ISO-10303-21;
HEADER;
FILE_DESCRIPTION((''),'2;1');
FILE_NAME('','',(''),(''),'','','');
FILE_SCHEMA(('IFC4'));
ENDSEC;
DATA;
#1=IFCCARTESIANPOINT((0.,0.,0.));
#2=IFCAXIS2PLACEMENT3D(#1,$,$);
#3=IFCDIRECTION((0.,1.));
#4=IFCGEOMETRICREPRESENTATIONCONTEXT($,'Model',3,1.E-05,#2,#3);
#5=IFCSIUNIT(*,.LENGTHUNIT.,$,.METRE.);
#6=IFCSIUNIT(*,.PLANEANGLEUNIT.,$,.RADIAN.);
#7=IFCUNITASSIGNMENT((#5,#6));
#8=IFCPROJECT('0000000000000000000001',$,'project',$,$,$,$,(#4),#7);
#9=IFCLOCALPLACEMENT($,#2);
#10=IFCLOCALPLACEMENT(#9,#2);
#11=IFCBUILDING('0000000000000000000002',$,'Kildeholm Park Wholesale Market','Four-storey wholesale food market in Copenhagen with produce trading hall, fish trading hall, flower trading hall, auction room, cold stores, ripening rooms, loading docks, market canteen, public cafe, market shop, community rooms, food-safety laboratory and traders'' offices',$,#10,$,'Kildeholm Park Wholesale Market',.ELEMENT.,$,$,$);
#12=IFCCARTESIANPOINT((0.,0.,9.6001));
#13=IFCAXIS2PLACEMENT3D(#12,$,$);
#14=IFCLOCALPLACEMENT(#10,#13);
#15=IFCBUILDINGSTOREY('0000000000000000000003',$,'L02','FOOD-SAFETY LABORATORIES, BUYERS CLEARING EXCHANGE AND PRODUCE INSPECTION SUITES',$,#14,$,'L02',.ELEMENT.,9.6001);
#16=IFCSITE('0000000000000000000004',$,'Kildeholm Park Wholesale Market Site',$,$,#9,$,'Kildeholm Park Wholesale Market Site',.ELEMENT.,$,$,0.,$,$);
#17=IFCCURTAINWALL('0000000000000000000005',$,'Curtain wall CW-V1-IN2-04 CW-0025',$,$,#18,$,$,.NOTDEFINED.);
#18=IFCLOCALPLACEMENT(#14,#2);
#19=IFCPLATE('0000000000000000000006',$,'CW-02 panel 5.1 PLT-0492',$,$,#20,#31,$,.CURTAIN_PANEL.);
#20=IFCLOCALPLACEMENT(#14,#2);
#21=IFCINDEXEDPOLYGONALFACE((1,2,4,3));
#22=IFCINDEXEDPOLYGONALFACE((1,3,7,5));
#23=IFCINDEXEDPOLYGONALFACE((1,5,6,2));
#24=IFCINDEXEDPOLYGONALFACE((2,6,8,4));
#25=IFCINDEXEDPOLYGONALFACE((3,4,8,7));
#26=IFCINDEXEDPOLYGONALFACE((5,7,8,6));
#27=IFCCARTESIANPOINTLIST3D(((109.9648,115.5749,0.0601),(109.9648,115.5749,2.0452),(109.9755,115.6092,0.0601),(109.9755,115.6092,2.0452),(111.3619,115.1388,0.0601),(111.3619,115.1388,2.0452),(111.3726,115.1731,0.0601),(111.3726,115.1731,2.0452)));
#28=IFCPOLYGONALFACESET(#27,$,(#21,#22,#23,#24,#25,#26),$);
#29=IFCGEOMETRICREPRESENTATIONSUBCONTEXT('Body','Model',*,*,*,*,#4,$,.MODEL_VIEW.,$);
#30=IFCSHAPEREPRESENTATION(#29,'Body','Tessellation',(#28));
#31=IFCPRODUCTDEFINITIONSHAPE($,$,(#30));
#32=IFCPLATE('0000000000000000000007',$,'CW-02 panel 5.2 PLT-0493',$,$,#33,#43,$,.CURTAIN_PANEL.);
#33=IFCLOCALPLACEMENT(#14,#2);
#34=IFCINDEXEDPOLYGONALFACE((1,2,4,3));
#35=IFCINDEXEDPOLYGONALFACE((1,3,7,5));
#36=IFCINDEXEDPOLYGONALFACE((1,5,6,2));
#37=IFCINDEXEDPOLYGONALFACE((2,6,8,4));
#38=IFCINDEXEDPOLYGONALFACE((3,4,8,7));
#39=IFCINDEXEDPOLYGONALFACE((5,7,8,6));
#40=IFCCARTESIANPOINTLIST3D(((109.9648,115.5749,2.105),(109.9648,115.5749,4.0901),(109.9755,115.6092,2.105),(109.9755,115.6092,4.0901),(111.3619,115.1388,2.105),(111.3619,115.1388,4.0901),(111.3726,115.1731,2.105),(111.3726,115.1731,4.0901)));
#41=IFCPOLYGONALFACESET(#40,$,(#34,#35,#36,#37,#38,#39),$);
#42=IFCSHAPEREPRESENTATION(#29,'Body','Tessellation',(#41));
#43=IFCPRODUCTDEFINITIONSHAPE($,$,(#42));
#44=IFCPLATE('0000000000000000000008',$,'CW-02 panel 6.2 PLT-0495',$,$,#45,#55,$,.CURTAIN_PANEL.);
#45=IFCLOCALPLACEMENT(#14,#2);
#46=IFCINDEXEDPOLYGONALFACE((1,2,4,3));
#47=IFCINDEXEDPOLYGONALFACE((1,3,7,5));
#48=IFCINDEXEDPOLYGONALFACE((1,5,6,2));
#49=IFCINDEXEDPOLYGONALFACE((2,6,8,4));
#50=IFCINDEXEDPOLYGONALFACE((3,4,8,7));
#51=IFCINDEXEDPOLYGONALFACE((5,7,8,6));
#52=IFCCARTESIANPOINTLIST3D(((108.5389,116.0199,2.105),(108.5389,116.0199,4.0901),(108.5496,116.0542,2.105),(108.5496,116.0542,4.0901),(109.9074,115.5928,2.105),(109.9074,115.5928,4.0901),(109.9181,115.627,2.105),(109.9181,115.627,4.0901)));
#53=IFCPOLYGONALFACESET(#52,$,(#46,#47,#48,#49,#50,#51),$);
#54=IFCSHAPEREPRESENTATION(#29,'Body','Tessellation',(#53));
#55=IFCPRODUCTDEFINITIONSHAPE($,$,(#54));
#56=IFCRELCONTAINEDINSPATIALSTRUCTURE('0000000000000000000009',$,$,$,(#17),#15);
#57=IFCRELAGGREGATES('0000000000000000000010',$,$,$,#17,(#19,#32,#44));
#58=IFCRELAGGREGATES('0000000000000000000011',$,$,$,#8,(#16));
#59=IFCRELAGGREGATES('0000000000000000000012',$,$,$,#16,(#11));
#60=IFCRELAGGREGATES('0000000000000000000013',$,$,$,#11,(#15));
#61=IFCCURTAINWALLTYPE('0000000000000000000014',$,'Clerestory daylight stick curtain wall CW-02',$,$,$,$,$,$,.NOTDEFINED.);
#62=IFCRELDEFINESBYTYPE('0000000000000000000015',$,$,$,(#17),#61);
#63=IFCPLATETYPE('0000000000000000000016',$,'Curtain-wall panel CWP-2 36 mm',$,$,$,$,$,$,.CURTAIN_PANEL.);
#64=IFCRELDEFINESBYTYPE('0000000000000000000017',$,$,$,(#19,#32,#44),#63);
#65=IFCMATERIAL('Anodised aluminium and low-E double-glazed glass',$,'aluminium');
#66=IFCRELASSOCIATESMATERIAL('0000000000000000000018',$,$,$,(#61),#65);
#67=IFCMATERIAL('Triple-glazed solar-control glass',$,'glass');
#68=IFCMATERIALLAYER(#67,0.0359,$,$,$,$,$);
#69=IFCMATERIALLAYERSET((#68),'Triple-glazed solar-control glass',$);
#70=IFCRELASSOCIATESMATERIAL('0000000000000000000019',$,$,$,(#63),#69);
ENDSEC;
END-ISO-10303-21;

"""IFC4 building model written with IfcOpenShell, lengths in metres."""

from ifc_helpers import new_model, si_unit, direction, frame, origin, origin_2d, place, context, subcontext, project, spatial, rectangle, extrude, material, layer, layer_set, type_object, element, aggregate, save


model = new_model("IFC4")

# Units and contexts
model_context = context("Model", 3, precision=1e-05, world=origin(), true_north=direction((0.0, 1.0)))
body_context = subcontext(model_context, "Body", "Model", "MODEL_VIEW")
ifc_project = project(units=[si_unit("LENGTHUNIT", "METRE"), si_unit("PLANEANGLEUNIT", "RADIAN")], contexts=[model_context])

# Site, building, storey
site_placement = place(None, origin())
site = spatial("IfcSite", under=ifc_project, at=site_placement, Name="Kildeholm Park Wholesale Market Site", LongName="Kildeholm Park Wholesale Market Site", CompositionType="ELEMENT", RefElevation=0.0)
building_placement = place(site_placement, origin())
building = spatial("IfcBuilding", under=site, at=building_placement, Name="Kildeholm Park Wholesale Market", Description="Four-storey wholesale food market in Copenhagen with produce trading hall, fish trading hall, flower trading hall, auction room, cold stores, ripening rooms, loading docks, market canteen, public cafe, market shop, community rooms, food-safety laboratory and traders' offices", LongName="Kildeholm Park Wholesale Market", CompositionType="ELEMENT")
storey_placement = place(building_placement, frame((0.0, 0.0, 9.6001)))
storey = spatial("IfcBuildingStorey", under=building, at=storey_placement, Name="L02", Description="FOOD-SAFETY LABORATORIES, BUYERS CLEARING EXCHANGE AND PRODUCE INSPECTION SUITES", LongName="L02", CompositionType="ELEMENT", Elevation=9.6001)

# Curtain wall, plates
ifc_material_1 = material(Name="Anodised aluminium and low-E double-glazed glass", Category="aluminium")
curtain_wall_type = type_object("IfcCurtainWallType", Name="Clerestory daylight stick curtain wall CW-02", PredefinedType="NOTDEFINED", material=ifc_material_1)
curtain_wall_placement = place(storey_placement, origin())
curtain_wall = element("IfcCurtainWall", 1, at=curtain_wall_placement, inside=storey, type_object=curtain_wall_type, Name="Curtain wall CW-V1-IN2-04 CW-0025", PredefinedType="NOTDEFINED")
ifc_material_2 = material(Name="Triple-glazed solar-control glass", Category="glass")
ifc_layer = layer(ifc_material_2, 0.0359)
ifc_layer_set = layer_set([ifc_layer], Name="Triple-glazed solar-control glass")
plate_type = type_object("IfcPlateType", Name="Curtain-wall panel CWP-2 36 mm", PredefinedType="CURTAIN_PANEL", material=ifc_layer_set)
plate_1_placement = place(storey_placement, frame((110.6687, 115.374, 0.0601), z_axis=(0.0, 0.0, 1.0), x_axis=(-0.954579, 0.297957, 0.0)))
plate_1 = element("IfcPlate", 2, at=plate_1_placement, type_object=plate_type, Name="CW-02 panel 5.1 PLT-0492", PredefinedType="CURTAIN_PANEL", context=body_context, shape_type="SweptSolid", body=[
    extrude(rectangle(XDim=1.4636, YDim=0.0359, at=origin_2d()), origin(), (0.0, 0.0, 1.0), 1.9851),
])
plate_2_placement = place(storey_placement, frame((110.6687, 115.374, 2.105), z_axis=(0.0, 0.0, 1.0), x_axis=(-0.954579, 0.297957, 0.0)))
plate_2 = element("IfcPlate", 3, at=plate_2_placement, type_object=plate_type, Name="CW-02 panel 5.2 PLT-0493", PredefinedType="CURTAIN_PANEL", context=body_context, shape_type="SweptSolid", body=[
    extrude(rectangle(XDim=1.4636, YDim=0.0359, at=origin_2d()), origin(), (0.0, 0.0, 1.0), 1.9851),
])
plate_3_placement = place(storey_placement, frame((109.2285, 115.8235, 2.105), z_axis=(0.0, 0.0, 1.0), x_axis=(-0.954579, 0.297957, 0.0)))
plate_3 = element("IfcPlate", 4, at=plate_3_placement, type_object=plate_type, Name="CW-02 panel 6.2 PLT-0495", PredefinedType="CURTAIN_PANEL", context=body_context, shape_type="SweptSolid", body=[
    extrude(rectangle(XDim=1.4336, YDim=0.0359, at=origin_2d()), origin(), (0.0, 0.0, 1.0), 1.9851),
])
aggregate(curtain_wall, [plate_1, plate_2, plate_3])

save(model, "model.ifc")
